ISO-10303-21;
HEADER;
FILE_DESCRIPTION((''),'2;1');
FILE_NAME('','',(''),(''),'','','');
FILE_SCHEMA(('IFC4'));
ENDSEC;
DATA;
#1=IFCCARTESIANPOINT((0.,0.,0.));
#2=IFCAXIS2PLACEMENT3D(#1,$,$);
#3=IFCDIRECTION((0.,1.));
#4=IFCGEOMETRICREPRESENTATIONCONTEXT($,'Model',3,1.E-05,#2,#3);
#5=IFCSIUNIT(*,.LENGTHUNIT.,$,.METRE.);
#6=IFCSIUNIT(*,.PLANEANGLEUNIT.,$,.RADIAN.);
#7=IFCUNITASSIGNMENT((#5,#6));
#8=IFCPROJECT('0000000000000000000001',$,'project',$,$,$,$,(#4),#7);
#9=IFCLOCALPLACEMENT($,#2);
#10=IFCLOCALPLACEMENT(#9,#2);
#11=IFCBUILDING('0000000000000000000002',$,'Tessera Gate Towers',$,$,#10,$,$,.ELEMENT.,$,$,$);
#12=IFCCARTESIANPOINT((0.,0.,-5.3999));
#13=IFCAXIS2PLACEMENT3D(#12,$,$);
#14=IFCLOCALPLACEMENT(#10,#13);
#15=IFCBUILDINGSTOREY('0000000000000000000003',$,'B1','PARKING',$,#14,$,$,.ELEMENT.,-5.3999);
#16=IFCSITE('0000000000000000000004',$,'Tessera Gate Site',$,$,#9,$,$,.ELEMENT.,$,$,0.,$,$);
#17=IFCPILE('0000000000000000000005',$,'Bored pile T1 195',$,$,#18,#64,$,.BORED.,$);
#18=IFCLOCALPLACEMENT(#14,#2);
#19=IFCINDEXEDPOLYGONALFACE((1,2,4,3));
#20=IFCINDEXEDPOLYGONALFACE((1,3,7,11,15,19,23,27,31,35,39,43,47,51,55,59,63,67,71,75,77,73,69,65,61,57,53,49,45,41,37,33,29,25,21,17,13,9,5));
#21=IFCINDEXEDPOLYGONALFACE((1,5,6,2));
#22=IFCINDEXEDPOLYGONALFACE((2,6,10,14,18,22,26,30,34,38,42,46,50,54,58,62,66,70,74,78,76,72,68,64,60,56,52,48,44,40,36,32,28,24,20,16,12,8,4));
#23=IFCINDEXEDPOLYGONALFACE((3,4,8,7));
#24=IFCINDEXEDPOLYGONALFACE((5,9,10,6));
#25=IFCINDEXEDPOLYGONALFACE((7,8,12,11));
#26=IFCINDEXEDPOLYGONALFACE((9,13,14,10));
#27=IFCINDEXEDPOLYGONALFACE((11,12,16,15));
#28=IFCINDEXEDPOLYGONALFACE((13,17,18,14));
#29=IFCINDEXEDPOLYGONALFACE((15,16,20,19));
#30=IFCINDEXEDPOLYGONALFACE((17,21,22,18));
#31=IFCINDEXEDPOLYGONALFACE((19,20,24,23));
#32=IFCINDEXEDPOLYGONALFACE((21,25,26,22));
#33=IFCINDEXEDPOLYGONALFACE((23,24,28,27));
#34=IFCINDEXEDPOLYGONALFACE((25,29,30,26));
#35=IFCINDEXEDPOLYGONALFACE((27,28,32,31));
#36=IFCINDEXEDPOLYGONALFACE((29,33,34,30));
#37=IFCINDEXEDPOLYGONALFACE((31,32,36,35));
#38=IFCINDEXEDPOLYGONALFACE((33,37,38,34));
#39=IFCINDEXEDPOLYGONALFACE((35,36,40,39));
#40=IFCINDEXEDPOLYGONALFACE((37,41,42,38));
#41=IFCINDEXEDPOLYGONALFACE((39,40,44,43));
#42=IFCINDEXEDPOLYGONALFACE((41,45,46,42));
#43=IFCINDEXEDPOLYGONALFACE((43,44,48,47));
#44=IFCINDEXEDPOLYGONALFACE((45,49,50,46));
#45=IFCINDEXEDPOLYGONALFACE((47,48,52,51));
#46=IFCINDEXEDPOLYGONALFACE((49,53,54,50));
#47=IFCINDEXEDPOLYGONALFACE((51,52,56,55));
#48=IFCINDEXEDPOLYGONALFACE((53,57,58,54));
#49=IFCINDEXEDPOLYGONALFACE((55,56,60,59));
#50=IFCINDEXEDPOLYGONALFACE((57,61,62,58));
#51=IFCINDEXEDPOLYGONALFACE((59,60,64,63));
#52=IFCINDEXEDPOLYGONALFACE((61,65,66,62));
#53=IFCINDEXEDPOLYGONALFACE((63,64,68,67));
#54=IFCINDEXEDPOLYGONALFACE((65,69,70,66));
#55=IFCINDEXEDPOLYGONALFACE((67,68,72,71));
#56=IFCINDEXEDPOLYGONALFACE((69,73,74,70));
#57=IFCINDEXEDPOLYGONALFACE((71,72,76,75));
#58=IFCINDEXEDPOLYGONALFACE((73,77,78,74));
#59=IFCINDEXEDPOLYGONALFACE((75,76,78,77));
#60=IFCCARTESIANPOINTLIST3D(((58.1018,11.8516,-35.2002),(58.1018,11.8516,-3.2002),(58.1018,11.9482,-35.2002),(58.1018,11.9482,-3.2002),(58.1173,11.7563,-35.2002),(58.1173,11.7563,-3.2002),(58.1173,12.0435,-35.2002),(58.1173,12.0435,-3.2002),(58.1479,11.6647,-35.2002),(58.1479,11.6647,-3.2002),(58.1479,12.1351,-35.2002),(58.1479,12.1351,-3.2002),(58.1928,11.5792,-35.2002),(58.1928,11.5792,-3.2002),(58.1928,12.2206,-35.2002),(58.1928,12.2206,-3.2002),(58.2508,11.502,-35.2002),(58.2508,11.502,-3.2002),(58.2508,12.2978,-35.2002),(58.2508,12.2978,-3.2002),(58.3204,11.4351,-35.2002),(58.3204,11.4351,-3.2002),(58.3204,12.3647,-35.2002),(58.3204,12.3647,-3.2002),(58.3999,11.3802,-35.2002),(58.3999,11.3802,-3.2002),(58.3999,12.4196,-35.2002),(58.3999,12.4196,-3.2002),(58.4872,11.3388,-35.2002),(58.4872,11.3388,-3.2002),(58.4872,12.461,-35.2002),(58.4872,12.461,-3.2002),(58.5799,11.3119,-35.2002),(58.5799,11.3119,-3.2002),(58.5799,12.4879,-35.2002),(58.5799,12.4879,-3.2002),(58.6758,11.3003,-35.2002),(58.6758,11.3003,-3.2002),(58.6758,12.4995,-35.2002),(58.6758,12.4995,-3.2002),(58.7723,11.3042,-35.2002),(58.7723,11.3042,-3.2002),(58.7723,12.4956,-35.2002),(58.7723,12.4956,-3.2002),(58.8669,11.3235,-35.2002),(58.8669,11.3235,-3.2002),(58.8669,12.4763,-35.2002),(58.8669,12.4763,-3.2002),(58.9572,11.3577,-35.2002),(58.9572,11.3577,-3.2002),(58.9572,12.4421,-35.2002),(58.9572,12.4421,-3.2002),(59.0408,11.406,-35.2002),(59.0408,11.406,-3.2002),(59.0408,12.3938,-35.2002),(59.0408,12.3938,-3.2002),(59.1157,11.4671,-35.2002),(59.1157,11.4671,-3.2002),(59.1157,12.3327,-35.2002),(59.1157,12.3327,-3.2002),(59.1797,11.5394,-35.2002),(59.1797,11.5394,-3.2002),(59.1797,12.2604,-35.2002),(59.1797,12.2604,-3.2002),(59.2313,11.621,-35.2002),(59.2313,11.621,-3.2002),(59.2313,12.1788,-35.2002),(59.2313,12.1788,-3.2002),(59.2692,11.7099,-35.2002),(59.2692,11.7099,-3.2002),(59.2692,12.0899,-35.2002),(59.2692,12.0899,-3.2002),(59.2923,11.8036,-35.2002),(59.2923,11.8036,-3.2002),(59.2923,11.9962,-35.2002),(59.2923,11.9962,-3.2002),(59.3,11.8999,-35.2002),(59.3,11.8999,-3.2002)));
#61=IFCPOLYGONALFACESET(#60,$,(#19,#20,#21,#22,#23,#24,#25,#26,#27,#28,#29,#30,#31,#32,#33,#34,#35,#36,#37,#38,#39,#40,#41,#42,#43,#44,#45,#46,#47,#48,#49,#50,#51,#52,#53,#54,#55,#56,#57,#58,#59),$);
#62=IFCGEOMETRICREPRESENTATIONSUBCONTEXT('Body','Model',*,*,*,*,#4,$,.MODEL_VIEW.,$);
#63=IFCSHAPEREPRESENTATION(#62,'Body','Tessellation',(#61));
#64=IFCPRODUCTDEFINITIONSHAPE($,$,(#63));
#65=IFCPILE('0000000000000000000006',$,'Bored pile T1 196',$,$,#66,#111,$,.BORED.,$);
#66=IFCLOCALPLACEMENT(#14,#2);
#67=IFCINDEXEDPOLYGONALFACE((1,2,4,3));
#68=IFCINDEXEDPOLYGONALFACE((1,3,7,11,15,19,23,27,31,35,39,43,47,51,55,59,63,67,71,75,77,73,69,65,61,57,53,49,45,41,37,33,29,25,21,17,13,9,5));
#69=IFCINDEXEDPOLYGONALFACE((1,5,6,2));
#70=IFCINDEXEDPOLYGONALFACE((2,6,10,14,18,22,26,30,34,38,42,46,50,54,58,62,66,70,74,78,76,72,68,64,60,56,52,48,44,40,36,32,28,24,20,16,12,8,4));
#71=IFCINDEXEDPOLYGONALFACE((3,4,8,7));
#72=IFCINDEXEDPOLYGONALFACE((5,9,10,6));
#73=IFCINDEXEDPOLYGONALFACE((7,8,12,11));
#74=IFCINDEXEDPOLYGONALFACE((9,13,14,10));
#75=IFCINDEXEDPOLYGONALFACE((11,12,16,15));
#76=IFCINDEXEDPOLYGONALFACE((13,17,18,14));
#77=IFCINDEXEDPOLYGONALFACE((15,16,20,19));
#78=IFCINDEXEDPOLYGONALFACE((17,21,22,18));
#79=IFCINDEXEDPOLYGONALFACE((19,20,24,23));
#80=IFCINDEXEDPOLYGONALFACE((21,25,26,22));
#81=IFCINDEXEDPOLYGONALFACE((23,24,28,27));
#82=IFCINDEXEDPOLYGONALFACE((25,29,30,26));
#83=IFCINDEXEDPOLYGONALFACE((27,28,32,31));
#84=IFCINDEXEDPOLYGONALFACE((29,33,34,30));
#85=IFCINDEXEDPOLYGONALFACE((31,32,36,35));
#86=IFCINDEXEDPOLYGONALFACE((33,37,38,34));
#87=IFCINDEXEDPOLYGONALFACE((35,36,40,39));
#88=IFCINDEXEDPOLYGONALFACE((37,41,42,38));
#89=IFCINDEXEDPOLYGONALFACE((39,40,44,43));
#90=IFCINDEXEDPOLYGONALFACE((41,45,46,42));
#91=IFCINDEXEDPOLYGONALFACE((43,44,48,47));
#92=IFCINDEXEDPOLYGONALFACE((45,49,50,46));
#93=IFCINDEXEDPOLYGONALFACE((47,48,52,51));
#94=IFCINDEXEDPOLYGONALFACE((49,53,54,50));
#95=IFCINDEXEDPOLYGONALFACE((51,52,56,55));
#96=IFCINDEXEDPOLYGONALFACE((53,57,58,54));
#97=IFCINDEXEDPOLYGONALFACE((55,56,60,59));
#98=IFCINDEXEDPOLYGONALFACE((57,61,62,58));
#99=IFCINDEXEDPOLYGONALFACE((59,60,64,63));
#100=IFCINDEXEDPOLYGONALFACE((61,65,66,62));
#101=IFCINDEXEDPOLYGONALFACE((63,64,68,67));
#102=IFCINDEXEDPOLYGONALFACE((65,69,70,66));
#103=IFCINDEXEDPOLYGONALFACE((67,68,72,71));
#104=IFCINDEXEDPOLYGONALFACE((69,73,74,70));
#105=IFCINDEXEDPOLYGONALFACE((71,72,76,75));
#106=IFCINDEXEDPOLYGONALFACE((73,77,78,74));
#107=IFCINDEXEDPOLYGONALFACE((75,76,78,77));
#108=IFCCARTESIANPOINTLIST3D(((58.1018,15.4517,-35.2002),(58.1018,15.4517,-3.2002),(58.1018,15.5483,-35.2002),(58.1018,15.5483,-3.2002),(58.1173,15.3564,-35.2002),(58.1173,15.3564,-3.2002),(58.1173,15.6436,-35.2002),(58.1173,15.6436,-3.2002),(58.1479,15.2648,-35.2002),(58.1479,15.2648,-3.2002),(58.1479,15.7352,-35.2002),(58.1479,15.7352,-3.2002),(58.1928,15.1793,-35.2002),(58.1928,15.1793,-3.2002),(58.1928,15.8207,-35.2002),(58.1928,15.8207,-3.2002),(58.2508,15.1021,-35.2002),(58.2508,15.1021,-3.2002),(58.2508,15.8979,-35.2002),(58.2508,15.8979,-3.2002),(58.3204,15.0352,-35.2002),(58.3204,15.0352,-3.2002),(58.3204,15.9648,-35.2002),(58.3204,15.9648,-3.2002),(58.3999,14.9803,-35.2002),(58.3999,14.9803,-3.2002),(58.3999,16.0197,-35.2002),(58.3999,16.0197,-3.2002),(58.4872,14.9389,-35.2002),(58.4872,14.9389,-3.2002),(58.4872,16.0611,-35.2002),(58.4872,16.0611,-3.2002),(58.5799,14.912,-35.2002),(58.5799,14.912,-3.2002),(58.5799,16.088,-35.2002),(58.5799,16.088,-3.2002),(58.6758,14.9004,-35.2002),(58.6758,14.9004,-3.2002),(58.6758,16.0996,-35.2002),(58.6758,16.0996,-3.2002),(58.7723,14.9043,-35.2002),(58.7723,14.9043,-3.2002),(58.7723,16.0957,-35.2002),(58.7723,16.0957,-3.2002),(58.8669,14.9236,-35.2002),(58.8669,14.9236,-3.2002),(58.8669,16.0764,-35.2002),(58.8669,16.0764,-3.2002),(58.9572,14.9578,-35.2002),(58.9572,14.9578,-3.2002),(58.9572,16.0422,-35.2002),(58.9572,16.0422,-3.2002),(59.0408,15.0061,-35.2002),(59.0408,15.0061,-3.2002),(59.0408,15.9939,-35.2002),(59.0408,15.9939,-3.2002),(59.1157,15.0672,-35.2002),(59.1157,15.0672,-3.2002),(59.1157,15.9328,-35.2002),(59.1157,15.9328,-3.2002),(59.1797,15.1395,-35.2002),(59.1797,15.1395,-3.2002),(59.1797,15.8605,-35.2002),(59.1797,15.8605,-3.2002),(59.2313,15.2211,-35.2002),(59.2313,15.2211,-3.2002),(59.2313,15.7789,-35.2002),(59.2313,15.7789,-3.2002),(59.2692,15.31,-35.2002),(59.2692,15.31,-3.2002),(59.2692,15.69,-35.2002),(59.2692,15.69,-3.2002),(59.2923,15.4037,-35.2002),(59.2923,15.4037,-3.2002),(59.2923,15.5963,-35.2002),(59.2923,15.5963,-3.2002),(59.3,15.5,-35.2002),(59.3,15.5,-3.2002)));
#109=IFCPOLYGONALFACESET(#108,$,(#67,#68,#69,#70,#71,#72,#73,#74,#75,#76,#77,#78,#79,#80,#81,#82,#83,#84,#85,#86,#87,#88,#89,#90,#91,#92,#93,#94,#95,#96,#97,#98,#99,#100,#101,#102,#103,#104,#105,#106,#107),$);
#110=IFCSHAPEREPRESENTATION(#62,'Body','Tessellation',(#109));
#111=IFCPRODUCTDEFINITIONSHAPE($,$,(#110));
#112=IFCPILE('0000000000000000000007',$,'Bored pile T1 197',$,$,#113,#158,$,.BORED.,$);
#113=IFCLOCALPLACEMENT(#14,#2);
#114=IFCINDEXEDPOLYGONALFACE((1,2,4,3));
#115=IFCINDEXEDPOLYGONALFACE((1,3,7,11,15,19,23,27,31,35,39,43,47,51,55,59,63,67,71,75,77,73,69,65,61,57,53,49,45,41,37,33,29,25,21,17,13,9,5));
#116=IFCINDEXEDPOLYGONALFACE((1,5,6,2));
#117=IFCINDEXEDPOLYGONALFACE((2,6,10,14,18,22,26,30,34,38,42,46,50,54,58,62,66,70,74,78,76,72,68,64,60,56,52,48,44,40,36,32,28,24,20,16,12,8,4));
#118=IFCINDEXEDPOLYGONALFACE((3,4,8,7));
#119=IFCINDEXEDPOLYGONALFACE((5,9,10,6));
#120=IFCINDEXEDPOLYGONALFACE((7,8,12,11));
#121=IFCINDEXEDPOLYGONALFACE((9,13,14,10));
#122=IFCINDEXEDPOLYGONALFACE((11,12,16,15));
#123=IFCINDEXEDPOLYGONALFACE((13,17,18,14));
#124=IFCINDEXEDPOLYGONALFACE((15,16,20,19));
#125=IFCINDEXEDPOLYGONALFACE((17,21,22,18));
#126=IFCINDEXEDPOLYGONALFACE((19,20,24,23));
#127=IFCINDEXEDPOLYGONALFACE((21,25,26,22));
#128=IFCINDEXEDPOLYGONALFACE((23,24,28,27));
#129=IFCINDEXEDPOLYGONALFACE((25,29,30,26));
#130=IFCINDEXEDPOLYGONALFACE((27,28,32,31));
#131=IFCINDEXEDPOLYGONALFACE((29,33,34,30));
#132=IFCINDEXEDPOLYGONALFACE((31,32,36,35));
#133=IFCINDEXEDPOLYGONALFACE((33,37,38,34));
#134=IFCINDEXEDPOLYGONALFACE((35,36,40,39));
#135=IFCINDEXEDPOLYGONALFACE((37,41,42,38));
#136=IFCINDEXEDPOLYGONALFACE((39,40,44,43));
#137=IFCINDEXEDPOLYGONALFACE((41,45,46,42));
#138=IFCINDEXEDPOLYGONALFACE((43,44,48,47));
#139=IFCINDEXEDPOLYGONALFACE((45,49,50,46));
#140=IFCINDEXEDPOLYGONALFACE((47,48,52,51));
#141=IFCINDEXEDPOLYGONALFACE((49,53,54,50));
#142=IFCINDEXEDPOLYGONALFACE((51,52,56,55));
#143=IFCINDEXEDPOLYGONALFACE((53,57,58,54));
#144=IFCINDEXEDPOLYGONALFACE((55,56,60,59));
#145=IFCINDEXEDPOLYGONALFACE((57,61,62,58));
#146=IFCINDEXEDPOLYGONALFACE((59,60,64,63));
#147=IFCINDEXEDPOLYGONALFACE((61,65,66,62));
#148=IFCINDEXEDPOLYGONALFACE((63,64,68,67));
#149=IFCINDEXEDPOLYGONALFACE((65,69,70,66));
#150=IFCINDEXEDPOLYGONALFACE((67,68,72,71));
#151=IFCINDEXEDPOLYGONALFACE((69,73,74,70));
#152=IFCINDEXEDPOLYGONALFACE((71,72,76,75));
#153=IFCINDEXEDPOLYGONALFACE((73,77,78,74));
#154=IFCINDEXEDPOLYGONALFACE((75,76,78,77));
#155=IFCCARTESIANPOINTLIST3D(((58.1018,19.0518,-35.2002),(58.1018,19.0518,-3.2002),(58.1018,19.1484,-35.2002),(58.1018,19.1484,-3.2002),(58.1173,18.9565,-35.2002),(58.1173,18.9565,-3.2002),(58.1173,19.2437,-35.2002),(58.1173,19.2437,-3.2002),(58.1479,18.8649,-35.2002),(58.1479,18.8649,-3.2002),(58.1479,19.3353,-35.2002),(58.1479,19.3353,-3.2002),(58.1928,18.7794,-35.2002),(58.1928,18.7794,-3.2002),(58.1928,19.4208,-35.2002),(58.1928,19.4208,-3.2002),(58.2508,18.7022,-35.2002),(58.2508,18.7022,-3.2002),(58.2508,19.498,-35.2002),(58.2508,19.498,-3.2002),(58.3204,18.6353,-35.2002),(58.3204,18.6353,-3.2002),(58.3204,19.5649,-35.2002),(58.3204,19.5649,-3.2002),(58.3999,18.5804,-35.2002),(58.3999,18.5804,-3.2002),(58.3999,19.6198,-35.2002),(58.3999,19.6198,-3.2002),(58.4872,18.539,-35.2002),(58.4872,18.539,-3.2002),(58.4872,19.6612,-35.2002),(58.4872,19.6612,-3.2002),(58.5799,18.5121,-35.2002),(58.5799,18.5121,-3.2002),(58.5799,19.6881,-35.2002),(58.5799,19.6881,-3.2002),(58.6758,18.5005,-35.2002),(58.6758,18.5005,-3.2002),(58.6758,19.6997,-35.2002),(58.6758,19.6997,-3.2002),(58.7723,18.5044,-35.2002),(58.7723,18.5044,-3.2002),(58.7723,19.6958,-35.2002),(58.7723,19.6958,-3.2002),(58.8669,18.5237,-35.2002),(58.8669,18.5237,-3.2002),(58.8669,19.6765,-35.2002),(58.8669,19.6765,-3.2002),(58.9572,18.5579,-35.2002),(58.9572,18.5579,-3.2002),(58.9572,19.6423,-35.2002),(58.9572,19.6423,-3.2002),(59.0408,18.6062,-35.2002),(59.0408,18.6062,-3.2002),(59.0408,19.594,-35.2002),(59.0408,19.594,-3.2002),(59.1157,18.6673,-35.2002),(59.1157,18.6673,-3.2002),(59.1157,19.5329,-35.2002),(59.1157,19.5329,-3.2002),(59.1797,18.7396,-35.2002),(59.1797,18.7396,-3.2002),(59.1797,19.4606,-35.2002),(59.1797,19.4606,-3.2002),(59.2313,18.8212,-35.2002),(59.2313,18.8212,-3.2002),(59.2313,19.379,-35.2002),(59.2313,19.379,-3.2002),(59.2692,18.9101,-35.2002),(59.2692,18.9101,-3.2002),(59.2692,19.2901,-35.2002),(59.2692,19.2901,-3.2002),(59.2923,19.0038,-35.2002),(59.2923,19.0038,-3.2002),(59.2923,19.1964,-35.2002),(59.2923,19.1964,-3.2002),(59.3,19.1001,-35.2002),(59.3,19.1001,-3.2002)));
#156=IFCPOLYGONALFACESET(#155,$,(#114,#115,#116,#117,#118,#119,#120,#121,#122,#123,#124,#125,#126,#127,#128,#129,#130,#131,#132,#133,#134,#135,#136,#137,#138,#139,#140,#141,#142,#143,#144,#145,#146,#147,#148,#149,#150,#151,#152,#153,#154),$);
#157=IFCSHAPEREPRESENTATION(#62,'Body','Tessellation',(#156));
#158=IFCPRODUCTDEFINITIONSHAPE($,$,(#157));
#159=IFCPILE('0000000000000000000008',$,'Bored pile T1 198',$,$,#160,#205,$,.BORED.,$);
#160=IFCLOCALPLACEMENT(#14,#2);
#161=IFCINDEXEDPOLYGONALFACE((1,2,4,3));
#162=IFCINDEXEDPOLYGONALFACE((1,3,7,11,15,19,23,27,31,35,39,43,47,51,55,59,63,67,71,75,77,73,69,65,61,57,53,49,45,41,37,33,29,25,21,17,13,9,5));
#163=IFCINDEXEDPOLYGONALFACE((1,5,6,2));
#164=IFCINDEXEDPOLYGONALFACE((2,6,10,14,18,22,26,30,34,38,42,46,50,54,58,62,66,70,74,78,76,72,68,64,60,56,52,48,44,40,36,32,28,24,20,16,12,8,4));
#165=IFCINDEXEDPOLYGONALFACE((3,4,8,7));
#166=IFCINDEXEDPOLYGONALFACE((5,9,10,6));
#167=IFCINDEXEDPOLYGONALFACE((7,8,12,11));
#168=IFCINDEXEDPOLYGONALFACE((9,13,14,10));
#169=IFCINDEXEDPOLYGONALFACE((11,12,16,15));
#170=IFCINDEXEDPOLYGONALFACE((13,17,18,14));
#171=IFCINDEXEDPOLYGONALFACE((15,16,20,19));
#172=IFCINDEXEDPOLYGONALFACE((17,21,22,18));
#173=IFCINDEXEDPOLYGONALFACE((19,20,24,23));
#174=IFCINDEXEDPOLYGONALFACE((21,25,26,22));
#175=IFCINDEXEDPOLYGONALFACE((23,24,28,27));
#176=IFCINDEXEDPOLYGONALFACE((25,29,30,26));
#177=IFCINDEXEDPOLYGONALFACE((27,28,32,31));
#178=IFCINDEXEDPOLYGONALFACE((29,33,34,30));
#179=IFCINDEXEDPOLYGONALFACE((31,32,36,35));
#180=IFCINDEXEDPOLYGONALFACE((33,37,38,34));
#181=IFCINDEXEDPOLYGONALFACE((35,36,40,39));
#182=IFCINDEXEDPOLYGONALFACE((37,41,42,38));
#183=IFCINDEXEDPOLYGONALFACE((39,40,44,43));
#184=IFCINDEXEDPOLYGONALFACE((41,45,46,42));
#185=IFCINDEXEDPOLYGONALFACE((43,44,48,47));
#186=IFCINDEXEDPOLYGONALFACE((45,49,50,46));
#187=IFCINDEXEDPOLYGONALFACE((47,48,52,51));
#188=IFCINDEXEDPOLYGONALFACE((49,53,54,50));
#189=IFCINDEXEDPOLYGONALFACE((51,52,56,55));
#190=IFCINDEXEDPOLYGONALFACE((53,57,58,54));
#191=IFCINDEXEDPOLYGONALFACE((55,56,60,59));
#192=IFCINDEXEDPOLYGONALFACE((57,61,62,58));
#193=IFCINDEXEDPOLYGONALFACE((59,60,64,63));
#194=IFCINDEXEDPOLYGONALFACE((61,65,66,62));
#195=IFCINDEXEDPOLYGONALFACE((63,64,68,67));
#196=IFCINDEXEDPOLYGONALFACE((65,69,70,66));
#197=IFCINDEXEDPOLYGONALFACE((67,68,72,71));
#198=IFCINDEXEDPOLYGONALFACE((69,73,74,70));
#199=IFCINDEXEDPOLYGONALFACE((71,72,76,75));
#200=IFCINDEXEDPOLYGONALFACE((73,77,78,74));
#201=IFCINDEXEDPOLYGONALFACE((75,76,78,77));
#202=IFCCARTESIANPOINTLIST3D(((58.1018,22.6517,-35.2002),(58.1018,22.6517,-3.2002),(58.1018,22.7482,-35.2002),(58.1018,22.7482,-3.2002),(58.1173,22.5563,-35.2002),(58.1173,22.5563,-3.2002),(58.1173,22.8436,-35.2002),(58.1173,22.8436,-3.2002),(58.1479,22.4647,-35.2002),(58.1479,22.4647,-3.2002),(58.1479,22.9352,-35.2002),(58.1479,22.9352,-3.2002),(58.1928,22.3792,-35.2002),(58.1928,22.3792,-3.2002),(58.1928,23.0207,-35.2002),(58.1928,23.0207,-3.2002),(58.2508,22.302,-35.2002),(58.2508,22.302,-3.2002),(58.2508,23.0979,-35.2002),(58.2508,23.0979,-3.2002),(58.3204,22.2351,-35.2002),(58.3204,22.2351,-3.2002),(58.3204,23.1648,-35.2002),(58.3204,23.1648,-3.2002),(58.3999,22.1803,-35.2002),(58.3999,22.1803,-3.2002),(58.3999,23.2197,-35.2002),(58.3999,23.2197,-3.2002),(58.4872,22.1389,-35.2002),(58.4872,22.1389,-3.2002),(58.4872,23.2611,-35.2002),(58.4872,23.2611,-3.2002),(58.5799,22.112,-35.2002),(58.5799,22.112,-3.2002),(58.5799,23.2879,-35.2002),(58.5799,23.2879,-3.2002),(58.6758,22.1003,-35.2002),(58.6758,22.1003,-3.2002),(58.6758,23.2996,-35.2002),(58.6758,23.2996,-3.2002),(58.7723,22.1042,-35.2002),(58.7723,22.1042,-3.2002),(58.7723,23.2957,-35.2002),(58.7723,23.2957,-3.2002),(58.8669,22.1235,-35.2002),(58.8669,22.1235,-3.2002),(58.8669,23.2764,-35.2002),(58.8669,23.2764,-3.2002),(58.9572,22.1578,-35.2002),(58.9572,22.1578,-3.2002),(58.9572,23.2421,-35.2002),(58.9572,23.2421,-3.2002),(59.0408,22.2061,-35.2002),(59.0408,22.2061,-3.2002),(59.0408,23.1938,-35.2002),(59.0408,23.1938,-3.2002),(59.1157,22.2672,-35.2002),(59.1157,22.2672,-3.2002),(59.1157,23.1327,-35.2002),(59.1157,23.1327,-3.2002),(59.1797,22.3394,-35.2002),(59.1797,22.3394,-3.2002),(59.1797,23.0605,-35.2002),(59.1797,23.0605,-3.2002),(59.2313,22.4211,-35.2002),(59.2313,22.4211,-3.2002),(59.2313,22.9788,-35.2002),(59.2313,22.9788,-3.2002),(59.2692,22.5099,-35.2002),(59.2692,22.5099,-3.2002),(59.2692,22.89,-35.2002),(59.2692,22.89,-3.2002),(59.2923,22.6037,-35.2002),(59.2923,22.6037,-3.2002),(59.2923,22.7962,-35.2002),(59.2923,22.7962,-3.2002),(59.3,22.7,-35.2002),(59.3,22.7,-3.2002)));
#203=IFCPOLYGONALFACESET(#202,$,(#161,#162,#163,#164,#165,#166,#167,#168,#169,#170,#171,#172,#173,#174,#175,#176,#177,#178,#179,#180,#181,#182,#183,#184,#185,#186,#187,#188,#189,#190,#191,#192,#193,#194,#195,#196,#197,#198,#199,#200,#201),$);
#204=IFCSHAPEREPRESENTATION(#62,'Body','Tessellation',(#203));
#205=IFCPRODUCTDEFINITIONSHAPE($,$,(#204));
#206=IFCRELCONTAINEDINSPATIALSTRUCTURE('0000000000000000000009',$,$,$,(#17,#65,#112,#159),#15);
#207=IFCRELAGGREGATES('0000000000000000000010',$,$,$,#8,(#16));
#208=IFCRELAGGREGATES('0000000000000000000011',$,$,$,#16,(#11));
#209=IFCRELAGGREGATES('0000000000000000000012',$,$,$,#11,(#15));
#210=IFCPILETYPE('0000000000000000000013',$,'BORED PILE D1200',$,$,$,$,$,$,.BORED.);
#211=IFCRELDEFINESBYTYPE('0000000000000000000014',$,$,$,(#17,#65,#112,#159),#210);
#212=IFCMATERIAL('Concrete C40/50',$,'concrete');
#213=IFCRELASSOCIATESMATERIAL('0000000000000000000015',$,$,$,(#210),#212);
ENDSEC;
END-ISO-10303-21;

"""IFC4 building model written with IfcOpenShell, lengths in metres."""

from ifc_helpers import new_model, si_unit, direction, frame, origin, origin_2d, place, context, subcontext, project, spatial, circle, extrude, material, material_profile, profile_set, type_object, element, save


model = new_model("IFC4")

# Units and contexts
model_context = context("Model", 3, precision=1e-05, world=origin(), true_north=direction((0.0, 1.0)))
body_context = subcontext(model_context, "Body", "Model", "MODEL_VIEW")
ifc_project = project(units=[si_unit("LENGTHUNIT", "METRE"), si_unit("PLANEANGLEUNIT", "RADIAN")], contexts=[model_context])

# Site, building, storey
site_placement = place(None, origin())
site = spatial("IfcSite", under=ifc_project, at=site_placement, Name="Tessera Gate Site", CompositionType="ELEMENT", RefElevation=0.0)
building_placement = place(site_placement, origin())
building = spatial("IfcBuilding", under=site, at=building_placement, Name="Tessera Gate Towers", CompositionType="ELEMENT")
storey_placement = place(building_placement, frame((0.0, 0.0, -5.3999)))
storey = spatial("IfcBuildingStorey", under=building, at=storey_placement, Name="B1", Description="PARKING", CompositionType="ELEMENT", Elevation=-5.3999)

# Piles
ifc_material_1 = material(Name="Concrete C40/50", Category="concrete")
ifc_material_profile_1 = material_profile(ifc_material_1, circle(Radius=0.6001, at=origin_2d()), Name="BORED PILE D1200")
ifc_profile_set_1 = profile_set([ifc_material_profile_1], Name="Concrete C40/50")
pile_type = type_object("IfcPileType", Name="BORED PILE D1200", PredefinedType="BORED", material=ifc_profile_set_1)
for number, where, z_axis, x_axis, name in (
    (1, (58.7, 11.8999, -3.2002), (0.0, 0.0, -1.0), (1.0, 0.0, 0.0), "Bored pile T1 195"),
    (2, (58.7, 15.5, -3.2002), (0.0, 0.0, -1.0), (1.0, 0.0, 0.0), "Bored pile T1 196"),
    (3, (58.7, 19.1001, -3.2002), (0.0, 0.0, -1.0), (1.0, 0.0, 0.0), "Bored pile T1 197"),
    (4, (58.7, 22.7, -3.2002), (0.0, 0.0, -1.0), (1.0, 0.0, 0.0), "Bored pile T1 198"),
):
    element("IfcPile", number, at=place(storey_placement, frame(where, z_axis=z_axis, x_axis=x_axis)), inside=storey, type_object=pile_type, Name=name, PredefinedType="BORED", context=body_context, shape_type="SweptSolid", body=[
        extrude(circle(Radius=0.6001, at=origin_2d()), origin(), (0.0, 0.0, 1.0), 32.0),
    ])

save(model, "model.ifc")
